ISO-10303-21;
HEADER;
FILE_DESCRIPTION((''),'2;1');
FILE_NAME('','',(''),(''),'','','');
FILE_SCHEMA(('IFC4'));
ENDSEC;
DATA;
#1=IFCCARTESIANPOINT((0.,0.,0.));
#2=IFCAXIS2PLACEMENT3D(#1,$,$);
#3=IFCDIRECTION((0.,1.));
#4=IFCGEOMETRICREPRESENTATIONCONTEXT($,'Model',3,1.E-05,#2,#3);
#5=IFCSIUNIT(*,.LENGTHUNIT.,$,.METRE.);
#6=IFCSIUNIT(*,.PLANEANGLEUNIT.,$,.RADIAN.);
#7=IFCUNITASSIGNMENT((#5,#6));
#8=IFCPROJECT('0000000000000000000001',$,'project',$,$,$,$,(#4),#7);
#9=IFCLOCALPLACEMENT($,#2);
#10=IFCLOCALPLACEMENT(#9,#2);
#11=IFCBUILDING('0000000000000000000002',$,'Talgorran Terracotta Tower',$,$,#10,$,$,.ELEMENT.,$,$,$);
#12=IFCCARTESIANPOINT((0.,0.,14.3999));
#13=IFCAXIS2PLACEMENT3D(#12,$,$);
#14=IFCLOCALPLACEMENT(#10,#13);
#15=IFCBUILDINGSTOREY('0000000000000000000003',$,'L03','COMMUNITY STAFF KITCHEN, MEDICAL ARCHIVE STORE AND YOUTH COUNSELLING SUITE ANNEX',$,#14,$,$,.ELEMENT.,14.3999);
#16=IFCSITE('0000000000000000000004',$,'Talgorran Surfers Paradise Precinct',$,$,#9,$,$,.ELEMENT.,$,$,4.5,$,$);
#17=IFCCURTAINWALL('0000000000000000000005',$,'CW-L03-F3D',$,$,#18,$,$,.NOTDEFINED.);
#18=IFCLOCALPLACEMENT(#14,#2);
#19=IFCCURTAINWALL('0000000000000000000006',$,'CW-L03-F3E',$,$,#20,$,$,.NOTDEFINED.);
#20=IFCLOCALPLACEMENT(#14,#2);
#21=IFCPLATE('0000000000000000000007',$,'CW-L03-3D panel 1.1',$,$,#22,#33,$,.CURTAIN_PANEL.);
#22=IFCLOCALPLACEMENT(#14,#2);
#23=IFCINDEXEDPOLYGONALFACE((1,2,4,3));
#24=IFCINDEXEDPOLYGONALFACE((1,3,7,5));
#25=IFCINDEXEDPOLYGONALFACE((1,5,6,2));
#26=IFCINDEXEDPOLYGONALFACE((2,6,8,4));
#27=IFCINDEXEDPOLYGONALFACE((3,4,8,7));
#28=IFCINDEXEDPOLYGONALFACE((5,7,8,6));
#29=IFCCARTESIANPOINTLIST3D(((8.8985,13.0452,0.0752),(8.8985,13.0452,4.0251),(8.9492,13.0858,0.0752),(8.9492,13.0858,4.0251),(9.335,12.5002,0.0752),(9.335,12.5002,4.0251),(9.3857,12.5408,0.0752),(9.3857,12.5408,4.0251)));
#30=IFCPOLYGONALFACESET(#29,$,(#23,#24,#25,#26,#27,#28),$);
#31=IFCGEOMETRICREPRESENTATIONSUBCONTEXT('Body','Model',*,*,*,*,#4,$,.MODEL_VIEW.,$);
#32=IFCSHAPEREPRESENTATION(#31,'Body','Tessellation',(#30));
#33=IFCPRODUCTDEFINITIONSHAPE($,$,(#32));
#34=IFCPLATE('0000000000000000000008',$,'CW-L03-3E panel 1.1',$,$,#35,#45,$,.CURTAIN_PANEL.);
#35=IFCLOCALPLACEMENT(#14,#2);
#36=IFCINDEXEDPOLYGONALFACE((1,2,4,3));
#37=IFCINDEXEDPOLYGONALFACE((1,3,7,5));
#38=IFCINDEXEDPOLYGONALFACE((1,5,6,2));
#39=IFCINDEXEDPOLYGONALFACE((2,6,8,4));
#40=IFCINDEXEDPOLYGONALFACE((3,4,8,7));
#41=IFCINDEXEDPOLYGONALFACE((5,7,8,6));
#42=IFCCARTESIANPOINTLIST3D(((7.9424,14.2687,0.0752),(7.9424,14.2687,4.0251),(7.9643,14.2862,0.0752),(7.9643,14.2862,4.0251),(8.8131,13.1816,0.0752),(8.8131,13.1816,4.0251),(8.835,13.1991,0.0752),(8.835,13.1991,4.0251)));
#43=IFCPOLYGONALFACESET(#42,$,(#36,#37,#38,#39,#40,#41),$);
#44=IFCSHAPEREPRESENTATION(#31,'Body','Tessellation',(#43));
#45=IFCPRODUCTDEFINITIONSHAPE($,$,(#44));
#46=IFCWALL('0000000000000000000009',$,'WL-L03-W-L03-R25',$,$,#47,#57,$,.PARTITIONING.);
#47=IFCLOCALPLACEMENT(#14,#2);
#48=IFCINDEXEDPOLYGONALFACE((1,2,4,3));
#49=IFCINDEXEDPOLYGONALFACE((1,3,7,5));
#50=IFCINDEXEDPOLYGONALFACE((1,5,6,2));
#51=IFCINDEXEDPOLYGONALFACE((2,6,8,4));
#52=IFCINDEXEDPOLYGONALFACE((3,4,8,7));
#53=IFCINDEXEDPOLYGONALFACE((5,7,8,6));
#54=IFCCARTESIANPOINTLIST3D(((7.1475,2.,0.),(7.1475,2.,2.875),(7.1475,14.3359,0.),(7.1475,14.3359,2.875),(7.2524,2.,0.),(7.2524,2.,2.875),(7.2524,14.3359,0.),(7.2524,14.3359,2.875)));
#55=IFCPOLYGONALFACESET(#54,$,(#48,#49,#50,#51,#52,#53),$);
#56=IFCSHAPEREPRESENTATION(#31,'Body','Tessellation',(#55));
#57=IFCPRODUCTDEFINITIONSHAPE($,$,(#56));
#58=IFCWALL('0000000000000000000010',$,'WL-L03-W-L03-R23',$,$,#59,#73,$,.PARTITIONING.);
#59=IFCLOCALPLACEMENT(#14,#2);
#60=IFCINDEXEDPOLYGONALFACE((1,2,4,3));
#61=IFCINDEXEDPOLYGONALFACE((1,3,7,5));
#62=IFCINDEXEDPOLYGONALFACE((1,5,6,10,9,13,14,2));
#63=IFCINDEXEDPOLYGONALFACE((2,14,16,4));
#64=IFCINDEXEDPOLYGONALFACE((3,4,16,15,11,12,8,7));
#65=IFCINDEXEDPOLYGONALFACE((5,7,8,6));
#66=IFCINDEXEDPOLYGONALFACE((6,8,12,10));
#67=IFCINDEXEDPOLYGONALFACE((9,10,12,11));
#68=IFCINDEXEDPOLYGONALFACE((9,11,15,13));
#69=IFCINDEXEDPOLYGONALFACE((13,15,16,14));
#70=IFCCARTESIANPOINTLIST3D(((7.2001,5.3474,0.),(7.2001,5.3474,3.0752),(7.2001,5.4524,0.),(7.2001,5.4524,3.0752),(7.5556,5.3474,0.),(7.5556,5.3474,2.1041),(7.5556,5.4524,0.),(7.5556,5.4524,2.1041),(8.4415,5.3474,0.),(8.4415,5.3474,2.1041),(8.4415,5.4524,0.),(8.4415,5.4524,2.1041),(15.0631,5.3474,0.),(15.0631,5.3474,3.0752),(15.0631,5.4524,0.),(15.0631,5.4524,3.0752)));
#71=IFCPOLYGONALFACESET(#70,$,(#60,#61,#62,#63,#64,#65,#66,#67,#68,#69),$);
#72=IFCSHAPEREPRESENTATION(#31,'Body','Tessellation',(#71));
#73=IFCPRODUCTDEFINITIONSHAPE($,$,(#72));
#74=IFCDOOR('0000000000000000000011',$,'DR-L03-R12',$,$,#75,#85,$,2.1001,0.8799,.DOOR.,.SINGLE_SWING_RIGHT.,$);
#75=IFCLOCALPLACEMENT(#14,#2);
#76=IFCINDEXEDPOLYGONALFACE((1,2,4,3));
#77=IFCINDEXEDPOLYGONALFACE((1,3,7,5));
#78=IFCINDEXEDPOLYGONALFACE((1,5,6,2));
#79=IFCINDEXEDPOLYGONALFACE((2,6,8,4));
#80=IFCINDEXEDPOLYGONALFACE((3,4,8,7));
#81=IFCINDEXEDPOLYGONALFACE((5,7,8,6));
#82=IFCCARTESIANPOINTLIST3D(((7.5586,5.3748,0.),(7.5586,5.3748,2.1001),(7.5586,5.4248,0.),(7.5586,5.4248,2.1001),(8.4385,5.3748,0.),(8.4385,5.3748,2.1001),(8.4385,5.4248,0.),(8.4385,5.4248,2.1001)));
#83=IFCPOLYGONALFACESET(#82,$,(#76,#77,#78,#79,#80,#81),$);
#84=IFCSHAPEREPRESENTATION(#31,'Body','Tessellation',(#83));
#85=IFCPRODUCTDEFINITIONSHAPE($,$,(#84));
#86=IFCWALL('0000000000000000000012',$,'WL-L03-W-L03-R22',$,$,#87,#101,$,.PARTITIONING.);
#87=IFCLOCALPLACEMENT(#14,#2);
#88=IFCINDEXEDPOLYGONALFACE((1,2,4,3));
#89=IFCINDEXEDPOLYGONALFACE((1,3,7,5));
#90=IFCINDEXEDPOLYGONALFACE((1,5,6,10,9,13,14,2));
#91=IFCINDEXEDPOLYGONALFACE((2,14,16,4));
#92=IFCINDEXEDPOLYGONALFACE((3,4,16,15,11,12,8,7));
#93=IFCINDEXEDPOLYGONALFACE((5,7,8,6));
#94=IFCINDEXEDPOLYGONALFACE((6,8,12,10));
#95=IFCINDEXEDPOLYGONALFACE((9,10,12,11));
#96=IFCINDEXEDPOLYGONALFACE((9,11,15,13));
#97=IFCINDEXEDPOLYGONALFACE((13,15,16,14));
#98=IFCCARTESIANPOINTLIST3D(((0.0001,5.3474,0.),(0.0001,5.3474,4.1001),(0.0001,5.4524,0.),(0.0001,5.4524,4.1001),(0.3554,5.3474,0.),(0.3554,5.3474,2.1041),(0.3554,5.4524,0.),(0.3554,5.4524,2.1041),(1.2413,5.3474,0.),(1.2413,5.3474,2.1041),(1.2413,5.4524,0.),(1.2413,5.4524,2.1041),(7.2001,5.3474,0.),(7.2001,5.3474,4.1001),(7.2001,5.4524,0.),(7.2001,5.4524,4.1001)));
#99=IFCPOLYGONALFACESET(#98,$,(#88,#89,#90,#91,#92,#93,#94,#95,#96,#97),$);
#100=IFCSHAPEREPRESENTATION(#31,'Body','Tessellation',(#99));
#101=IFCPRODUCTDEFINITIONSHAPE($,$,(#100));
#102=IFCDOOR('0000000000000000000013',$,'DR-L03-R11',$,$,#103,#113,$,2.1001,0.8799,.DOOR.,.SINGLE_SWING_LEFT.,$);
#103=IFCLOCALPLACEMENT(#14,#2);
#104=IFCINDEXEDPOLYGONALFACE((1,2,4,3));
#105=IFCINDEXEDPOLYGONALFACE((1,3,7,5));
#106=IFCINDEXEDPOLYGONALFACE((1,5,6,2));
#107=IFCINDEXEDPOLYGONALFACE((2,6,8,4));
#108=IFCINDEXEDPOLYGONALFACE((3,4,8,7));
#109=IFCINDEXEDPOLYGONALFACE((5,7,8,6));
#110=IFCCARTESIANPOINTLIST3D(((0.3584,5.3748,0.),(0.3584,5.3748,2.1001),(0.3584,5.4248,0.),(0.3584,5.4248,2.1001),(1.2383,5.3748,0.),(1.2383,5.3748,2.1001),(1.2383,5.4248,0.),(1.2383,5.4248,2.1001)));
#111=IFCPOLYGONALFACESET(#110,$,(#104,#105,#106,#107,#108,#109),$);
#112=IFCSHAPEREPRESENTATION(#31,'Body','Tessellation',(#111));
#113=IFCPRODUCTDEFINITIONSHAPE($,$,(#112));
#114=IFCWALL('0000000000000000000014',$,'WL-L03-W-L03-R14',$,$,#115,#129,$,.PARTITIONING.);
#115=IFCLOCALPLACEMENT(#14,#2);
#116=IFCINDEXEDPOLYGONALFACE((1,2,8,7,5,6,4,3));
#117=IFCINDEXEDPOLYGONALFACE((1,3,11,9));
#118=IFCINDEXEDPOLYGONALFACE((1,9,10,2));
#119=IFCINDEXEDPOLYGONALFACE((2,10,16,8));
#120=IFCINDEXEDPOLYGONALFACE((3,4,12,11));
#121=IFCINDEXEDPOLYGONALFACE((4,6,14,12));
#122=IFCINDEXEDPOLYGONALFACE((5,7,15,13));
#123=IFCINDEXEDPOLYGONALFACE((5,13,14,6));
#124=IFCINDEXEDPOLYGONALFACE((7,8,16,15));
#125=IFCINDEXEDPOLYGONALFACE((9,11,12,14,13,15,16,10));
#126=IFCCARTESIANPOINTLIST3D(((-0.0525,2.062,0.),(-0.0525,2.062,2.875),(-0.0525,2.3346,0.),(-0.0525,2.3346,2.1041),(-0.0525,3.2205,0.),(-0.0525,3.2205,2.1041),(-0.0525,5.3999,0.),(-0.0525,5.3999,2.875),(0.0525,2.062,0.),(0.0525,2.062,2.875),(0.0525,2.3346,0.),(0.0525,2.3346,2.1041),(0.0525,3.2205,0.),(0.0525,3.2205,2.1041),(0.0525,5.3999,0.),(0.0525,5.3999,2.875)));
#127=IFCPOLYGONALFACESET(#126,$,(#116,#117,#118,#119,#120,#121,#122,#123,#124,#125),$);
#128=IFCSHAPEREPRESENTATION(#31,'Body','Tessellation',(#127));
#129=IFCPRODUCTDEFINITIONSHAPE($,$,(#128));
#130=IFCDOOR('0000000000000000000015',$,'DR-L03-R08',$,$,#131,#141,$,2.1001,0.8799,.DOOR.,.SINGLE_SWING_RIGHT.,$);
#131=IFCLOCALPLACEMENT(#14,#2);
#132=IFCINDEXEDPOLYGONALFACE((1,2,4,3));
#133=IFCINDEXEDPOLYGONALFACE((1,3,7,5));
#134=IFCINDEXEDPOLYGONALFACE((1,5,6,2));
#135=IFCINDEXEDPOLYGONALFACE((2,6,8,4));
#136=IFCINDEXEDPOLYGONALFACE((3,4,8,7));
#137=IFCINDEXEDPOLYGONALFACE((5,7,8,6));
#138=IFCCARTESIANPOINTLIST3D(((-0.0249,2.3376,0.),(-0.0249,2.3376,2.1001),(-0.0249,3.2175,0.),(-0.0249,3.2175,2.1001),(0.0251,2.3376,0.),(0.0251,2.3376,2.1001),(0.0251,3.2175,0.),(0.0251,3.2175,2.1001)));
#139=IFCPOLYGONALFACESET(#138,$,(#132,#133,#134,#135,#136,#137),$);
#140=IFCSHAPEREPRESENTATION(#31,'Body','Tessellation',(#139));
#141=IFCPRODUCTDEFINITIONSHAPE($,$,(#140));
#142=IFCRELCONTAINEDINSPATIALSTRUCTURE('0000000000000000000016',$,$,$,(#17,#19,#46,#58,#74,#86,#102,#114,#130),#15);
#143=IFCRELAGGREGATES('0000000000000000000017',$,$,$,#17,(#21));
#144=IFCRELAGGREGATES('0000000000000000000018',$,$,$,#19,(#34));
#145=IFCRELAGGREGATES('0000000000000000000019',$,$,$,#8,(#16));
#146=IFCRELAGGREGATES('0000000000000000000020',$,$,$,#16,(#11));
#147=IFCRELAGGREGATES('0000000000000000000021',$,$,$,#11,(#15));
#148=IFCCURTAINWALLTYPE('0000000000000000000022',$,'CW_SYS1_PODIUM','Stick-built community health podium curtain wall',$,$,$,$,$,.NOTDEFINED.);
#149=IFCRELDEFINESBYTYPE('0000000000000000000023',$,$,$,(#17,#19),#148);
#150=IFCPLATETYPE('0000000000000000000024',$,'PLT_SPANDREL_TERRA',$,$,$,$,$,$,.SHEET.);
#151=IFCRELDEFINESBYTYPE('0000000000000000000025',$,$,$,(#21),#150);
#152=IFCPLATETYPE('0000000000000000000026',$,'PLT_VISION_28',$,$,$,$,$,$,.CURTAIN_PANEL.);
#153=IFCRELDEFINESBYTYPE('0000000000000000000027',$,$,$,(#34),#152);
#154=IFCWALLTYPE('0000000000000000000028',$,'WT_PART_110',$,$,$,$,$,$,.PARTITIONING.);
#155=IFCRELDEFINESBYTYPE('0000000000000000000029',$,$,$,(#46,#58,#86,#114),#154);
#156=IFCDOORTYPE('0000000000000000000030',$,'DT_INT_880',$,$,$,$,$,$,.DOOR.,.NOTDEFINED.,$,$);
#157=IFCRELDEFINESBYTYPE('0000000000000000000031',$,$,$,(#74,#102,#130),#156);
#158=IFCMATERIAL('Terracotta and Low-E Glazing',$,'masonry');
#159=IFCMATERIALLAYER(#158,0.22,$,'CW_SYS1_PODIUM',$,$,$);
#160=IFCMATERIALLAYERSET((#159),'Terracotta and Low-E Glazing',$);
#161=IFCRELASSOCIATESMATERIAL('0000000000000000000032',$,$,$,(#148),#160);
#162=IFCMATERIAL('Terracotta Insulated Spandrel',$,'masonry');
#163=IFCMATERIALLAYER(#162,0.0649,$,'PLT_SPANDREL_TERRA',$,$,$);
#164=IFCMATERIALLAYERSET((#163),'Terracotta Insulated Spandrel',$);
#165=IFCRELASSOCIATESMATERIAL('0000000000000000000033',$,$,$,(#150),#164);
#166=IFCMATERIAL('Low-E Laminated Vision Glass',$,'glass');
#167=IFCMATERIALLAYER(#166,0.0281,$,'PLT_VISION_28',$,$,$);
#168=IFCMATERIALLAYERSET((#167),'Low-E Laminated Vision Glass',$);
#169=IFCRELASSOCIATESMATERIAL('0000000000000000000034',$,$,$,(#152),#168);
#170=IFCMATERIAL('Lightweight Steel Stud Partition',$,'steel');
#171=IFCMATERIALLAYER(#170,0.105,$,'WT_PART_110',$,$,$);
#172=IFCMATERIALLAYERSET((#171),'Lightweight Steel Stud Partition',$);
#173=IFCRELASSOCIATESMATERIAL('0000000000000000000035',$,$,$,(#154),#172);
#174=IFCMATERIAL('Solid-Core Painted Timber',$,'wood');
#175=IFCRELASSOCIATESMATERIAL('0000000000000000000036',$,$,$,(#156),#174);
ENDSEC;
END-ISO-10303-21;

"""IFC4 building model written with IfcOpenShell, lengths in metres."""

from ifc_helpers import new_model, si_unit, direction, frame, frame_2d, origin, origin_2d, place, context, subcontext, project, spatial, rectangle, extrude, source, transform, mapped, material, layer, layer_set, type_object, type_shapes, element, fill, aggregate, save


model = new_model("IFC4")

# Units and contexts
model_context = context("Model", 3, precision=1e-05, world=origin(), true_north=direction((0.0, 1.0)))
body_context = subcontext(model_context, "Body", "Model", "MODEL_VIEW")
ifc_project = project(units=[si_unit("LENGTHUNIT", "METRE"), si_unit("PLANEANGLEUNIT", "RADIAN")], contexts=[model_context])

# Site, building, storey
site_placement = place(None, origin())
site = spatial("IfcSite", under=ifc_project, at=site_placement, Name="Talgorran Surfers Paradise Precinct", CompositionType="ELEMENT", RefElevation=4.5)
building_placement = place(site_placement, origin())
building = spatial("IfcBuilding", under=site, at=building_placement, Name="Talgorran Terracotta Tower", CompositionType="ELEMENT")
storey_placement = place(building_placement, frame((0.0, 0.0, 14.3999)))
storey = spatial("IfcBuildingStorey", under=building, at=storey_placement, Name="L03", Description="COMMUNITY STAFF KITCHEN, MEDICAL ARCHIVE STORE AND YOUTH COUNSELLING SUITE ANNEX", CompositionType="ELEMENT", Elevation=14.3999)

# Shared definitions
ifc_material_1 = material(Name="Terracotta and Low-E Glazing", Category="masonry")
ifc_layer_1 = layer(ifc_material_1, 0.22, Name="CW_SYS1_PODIUM")
ifc_layer_set_1 = layer_set([ifc_layer_1], Name="Terracotta and Low-E Glazing")
curtain_wall_type = type_object("IfcCurtainWallType", Name="CW_SYS1_PODIUM", Description="Stick-built community health podium curtain wall", PredefinedType="NOTDEFINED", material=ifc_layer_set_1)

# Curtain walls
curtain_wall_1_placement = place(storey_placement, origin())
curtain_wall_1 = element("IfcCurtainWall", 1, at=curtain_wall_1_placement, inside=storey, type_object=curtain_wall_type, Name="CW-L03-F3D", PredefinedType="NOTDEFINED")
curtain_wall_2_placement = place(storey_placement, origin())
curtain_wall_2 = element("IfcCurtainWall", 2, at=curtain_wall_2_placement, inside=storey, type_object=curtain_wall_type, Name="CW-L03-F3E", PredefinedType="NOTDEFINED")

# Plates
ifc_material_2 = material(Name="Terracotta Insulated Spandrel", Category="masonry")
ifc_layer_2 = layer(ifc_material_2, 0.0649, Name="PLT_SPANDREL_TERRA")
ifc_layer_set_2 = layer_set([ifc_layer_2], Name="Terracotta Insulated Spandrel")
plate_type_1 = type_object("IfcPlateType", Name="PLT_SPANDREL_TERRA", PredefinedType="SHEET", material=ifc_layer_set_2)
shared_shape_1 = source(origin(), body_context, "Body", "SweptSolid", [
    extrude(rectangle(XDim=0.6982, YDim=0.0649, at=origin_2d()), origin(), (0.0, 0.0, 1.0), 3.95),
])
type_shapes(plate_type_1, [shared_shape_1])
plate_1_placement = place(storey_placement, frame((9.1421, 12.793, 0.0752), z_axis=(0.0, 0.0, 1.0), x_axis=(-0.625141, 0.780512, 0.0)))
plate_1 = element("IfcPlate", 3, at=plate_1_placement, type_object=plate_type_1, Name="CW-L03-3D panel 1.1", PredefinedType="CURTAIN_PANEL", context=body_context, shape_type="MappedRepresentation", body=[
    mapped(shared_shape_1, transform((0.0, 0.0, 0.0), scale=1.0)),
])
aggregate(curtain_wall_1, [plate_1])
ifc_material_3 = material(Name="Low-E Laminated Vision Glass", Category="glass")
ifc_layer_3 = layer(ifc_material_3, 0.0281, Name="PLT_VISION_28")
ifc_layer_set_3 = layer_set([ifc_layer_3], Name="Low-E Laminated Vision Glass")
plate_type_2 = type_object("IfcPlateType", Name="PLT_VISION_28", PredefinedType="CURTAIN_PANEL", material=ifc_layer_set_3)
shared_shape_2 = source(origin(), body_context, "Body", "SweptSolid", [
    extrude(rectangle(XDim=1.3928, YDim=0.0281, at=origin_2d()), origin(), (0.0, 0.0, 1.0), 3.95),
])
type_shapes(plate_type_2, [shared_shape_2])
plate_2_placement = place(storey_placement, frame((8.3887, 13.7339, 0.0752), z_axis=(0.0, 0.0, 1.0), x_axis=(-0.625138, 0.780515, 0.0)))
plate_2 = element("IfcPlate", 4, at=plate_2_placement, type_object=plate_type_2, Name="CW-L03-3E panel 1.1", PredefinedType="CURTAIN_PANEL", context=body_context, shape_type="MappedRepresentation", body=[
    mapped(shared_shape_2, transform((0.0, 0.0, 0.0), scale=1.0)),
])
aggregate(curtain_wall_2, [plate_2])

# Wall
ifc_material_4 = material(Name="Lightweight Steel Stud Partition", Category="steel")
ifc_layer_4 = layer(ifc_material_4, 0.105, Name="WT_PART_110")
ifc_layer_set_4 = layer_set([ifc_layer_4], Name="Lightweight Steel Stud Partition")
wall_type_1 = type_object("IfcWallType", Name="WT_PART_110", PredefinedType="PARTITIONING", material=ifc_layer_set_4)
wall_1_placement = place(storey_placement, frame((7.2, 2.0, 0.0), z_axis=(0.0, 0.0, 1.0), x_axis=(0.0, 1.0, 0.0)))
element("IfcWall", 5, at=wall_1_placement, inside=storey, type_object=wall_type_1, Name="WL-L03-W-L03-R25", PredefinedType="PARTITIONING", context=body_context, shape_type="SweptSolid", body=[
    extrude(rectangle(XDim=12.3359, YDim=0.105, at=frame_2d((6.168, 0.0))), origin(), (0.0, 0.0, 1.0), 2.875),
])

# Walls, openings, doors
wall_2_placement = place(storey_placement, frame((7.2, 5.3999, 0.0), z_axis=(0.0, 0.0, 1.0), x_axis=(1.0, 0.0, 0.0)))
wall_2 = element("IfcWall", 6, at=wall_2_placement, inside=storey, type_object=wall_type_1, Name="WL-L03-W-L03-R23", PredefinedType="PARTITIONING", context=body_context, shape_type="SweptSolid", body=[
    extrude(rectangle(XDim=7.863, YDim=0.105, at=frame_2d((3.9316, 0.0))), origin(), (0.0, 0.0, 1.0), 3.0752),
])
opening_1_placement = place(wall_2_placement, frame((0.3586, 0.0, 0.0)))
opening_1 = element("IfcOpeningElement", 7, at=opening_1_placement, cuts=wall_2, PredefinedType="OPENING", context=body_context, shape_type="SweptSolid", body=[
    extrude(rectangle(XDim=0.8859, YDim=2.1041, at=frame_2d((0.4399, 1.052))), frame((0.0, 0.0625, 0.0), z_axis=(0.0, -1.0, 0.0), x_axis=(1.0, 0.0, 0.0)), (0.0, 0.0, 1.0), 0.125),
])
ifc_material_5 = material(Name="Solid-Core Painted Timber", Category="wood")
door_type = type_object("IfcDoorType", Name="DT_INT_880", OperationType="NOTDEFINED", PredefinedType="DOOR", material=ifc_material_5)
door_1_placement = place(opening_1_placement, origin())
door_1 = element("IfcDoor", 8, at=door_1_placement, inside=storey, type_object=door_type, Name="DR-L03-R12", OperationType="SINGLE_SWING_RIGHT", OverallHeight=2.1001, OverallWidth=0.8799, PredefinedType="DOOR", context=body_context, shape_type="SweptSolid", body=[
    extrude(rectangle(XDim=0.8799, YDim=2.1001, at=frame_2d((0.4399, 1.05))), frame((0.0, 0.0249, 0.0), z_axis=(0.0, -1.0, 0.0), x_axis=(1.0, 0.0, 0.0)), (0.0, 0.0, 1.0), 0.05),
])
fill(opening_1, door_1)
wall_3_placement = place(storey_placement, frame((0.0, 5.3999, 0.0), z_axis=(0.0, 0.0, 1.0), x_axis=(1.0, 0.0, 0.0)))
wall_3 = element("IfcWall", 9, at=wall_3_placement, inside=storey, type_object=wall_type_1, Name="WL-L03-W-L03-R22", PredefinedType="PARTITIONING", context=body_context, shape_type="SweptSolid", body=[
    extrude(rectangle(XDim=7.2, YDim=0.105, at=frame_2d((3.6001, 0.0))), origin(), (0.0, 0.0, 1.0), 4.1001),
])
opening_2_placement = place(wall_3_placement, frame((0.3584, 0.0, 0.0)))
opening_2 = element("IfcOpeningElement", 10, at=opening_2_placement, cuts=wall_3, PredefinedType="OPENING", context=body_context, shape_type="SweptSolid", body=[
    extrude(rectangle(XDim=0.8859, YDim=2.1041, at=frame_2d((0.4399, 1.052))), frame((0.0, 0.0625, 0.0), z_axis=(0.0, -1.0, 0.0), x_axis=(1.0, 0.0, 0.0)), (0.0, 0.0, 1.0), 0.125),
])
door_2_placement = place(opening_2_placement, origin())
door_2 = element("IfcDoor", 11, at=door_2_placement, inside=storey, type_object=door_type, Name="DR-L03-R11", OperationType="SINGLE_SWING_LEFT", OverallHeight=2.1001, OverallWidth=0.8799, PredefinedType="DOOR", context=body_context, shape_type="SweptSolid", body=[
    extrude(rectangle(XDim=0.8799, YDim=2.1001, at=frame_2d((0.4399, 1.05))), frame((0.0, 0.0249, 0.0), z_axis=(0.0, -1.0, 0.0), x_axis=(1.0, 0.0, 0.0)), (0.0, 0.0, 1.0), 0.05),
])
fill(opening_2, door_2)
wall_4_placement = place(storey_placement, frame((0.0, 2.062, 0.0), z_axis=(0.0, 0.0, 1.0), x_axis=(0.0, 1.0, 0.0)))
wall_4 = element("IfcWall", 12, at=wall_4_placement, inside=storey, type_object=wall_type_1, Name="WL-L03-W-L03-R14", PredefinedType="PARTITIONING", context=body_context, shape_type="SweptSolid", body=[
    extrude(rectangle(XDim=3.3379, YDim=0.105, at=frame_2d((1.6689, 0.0))), origin(), (0.0, 0.0, 1.0), 2.875),
])
opening_3_placement = place(wall_4_placement, frame((0.2756, 0.0, 0.0)))
opening_3 = element("IfcOpeningElement", 13, at=opening_3_placement, cuts=wall_4, PredefinedType="OPENING", context=body_context, shape_type="SweptSolid", body=[
    extrude(rectangle(XDim=0.8859, YDim=2.1041, at=frame_2d((0.4399, 1.052))), frame((0.0, 0.0625, 0.0), z_axis=(0.0, -1.0, 0.0), x_axis=(1.0, 0.0, 0.0)), (0.0, 0.0, 1.0), 0.125),
])
door_3_placement = place(opening_3_placement, origin())
door_3 = element("IfcDoor", 14, at=door_3_placement, inside=storey, type_object=door_type, Name="DR-L03-R08", OperationType="SINGLE_SWING_RIGHT", OverallHeight=2.1001, OverallWidth=0.8799, PredefinedType="DOOR", context=body_context, shape_type="SweptSolid", body=[
    extrude(rectangle(XDim=0.8799, YDim=2.1001, at=frame_2d((0.4399, 1.05))), frame((0.0, 0.0249, 0.0), z_axis=(0.0, -1.0, 0.0), x_axis=(1.0, 0.0, 0.0)), (0.0, 0.0, 1.0), 0.05),
])
fill(opening_3, door_3)

save(model, "model.ifc")
